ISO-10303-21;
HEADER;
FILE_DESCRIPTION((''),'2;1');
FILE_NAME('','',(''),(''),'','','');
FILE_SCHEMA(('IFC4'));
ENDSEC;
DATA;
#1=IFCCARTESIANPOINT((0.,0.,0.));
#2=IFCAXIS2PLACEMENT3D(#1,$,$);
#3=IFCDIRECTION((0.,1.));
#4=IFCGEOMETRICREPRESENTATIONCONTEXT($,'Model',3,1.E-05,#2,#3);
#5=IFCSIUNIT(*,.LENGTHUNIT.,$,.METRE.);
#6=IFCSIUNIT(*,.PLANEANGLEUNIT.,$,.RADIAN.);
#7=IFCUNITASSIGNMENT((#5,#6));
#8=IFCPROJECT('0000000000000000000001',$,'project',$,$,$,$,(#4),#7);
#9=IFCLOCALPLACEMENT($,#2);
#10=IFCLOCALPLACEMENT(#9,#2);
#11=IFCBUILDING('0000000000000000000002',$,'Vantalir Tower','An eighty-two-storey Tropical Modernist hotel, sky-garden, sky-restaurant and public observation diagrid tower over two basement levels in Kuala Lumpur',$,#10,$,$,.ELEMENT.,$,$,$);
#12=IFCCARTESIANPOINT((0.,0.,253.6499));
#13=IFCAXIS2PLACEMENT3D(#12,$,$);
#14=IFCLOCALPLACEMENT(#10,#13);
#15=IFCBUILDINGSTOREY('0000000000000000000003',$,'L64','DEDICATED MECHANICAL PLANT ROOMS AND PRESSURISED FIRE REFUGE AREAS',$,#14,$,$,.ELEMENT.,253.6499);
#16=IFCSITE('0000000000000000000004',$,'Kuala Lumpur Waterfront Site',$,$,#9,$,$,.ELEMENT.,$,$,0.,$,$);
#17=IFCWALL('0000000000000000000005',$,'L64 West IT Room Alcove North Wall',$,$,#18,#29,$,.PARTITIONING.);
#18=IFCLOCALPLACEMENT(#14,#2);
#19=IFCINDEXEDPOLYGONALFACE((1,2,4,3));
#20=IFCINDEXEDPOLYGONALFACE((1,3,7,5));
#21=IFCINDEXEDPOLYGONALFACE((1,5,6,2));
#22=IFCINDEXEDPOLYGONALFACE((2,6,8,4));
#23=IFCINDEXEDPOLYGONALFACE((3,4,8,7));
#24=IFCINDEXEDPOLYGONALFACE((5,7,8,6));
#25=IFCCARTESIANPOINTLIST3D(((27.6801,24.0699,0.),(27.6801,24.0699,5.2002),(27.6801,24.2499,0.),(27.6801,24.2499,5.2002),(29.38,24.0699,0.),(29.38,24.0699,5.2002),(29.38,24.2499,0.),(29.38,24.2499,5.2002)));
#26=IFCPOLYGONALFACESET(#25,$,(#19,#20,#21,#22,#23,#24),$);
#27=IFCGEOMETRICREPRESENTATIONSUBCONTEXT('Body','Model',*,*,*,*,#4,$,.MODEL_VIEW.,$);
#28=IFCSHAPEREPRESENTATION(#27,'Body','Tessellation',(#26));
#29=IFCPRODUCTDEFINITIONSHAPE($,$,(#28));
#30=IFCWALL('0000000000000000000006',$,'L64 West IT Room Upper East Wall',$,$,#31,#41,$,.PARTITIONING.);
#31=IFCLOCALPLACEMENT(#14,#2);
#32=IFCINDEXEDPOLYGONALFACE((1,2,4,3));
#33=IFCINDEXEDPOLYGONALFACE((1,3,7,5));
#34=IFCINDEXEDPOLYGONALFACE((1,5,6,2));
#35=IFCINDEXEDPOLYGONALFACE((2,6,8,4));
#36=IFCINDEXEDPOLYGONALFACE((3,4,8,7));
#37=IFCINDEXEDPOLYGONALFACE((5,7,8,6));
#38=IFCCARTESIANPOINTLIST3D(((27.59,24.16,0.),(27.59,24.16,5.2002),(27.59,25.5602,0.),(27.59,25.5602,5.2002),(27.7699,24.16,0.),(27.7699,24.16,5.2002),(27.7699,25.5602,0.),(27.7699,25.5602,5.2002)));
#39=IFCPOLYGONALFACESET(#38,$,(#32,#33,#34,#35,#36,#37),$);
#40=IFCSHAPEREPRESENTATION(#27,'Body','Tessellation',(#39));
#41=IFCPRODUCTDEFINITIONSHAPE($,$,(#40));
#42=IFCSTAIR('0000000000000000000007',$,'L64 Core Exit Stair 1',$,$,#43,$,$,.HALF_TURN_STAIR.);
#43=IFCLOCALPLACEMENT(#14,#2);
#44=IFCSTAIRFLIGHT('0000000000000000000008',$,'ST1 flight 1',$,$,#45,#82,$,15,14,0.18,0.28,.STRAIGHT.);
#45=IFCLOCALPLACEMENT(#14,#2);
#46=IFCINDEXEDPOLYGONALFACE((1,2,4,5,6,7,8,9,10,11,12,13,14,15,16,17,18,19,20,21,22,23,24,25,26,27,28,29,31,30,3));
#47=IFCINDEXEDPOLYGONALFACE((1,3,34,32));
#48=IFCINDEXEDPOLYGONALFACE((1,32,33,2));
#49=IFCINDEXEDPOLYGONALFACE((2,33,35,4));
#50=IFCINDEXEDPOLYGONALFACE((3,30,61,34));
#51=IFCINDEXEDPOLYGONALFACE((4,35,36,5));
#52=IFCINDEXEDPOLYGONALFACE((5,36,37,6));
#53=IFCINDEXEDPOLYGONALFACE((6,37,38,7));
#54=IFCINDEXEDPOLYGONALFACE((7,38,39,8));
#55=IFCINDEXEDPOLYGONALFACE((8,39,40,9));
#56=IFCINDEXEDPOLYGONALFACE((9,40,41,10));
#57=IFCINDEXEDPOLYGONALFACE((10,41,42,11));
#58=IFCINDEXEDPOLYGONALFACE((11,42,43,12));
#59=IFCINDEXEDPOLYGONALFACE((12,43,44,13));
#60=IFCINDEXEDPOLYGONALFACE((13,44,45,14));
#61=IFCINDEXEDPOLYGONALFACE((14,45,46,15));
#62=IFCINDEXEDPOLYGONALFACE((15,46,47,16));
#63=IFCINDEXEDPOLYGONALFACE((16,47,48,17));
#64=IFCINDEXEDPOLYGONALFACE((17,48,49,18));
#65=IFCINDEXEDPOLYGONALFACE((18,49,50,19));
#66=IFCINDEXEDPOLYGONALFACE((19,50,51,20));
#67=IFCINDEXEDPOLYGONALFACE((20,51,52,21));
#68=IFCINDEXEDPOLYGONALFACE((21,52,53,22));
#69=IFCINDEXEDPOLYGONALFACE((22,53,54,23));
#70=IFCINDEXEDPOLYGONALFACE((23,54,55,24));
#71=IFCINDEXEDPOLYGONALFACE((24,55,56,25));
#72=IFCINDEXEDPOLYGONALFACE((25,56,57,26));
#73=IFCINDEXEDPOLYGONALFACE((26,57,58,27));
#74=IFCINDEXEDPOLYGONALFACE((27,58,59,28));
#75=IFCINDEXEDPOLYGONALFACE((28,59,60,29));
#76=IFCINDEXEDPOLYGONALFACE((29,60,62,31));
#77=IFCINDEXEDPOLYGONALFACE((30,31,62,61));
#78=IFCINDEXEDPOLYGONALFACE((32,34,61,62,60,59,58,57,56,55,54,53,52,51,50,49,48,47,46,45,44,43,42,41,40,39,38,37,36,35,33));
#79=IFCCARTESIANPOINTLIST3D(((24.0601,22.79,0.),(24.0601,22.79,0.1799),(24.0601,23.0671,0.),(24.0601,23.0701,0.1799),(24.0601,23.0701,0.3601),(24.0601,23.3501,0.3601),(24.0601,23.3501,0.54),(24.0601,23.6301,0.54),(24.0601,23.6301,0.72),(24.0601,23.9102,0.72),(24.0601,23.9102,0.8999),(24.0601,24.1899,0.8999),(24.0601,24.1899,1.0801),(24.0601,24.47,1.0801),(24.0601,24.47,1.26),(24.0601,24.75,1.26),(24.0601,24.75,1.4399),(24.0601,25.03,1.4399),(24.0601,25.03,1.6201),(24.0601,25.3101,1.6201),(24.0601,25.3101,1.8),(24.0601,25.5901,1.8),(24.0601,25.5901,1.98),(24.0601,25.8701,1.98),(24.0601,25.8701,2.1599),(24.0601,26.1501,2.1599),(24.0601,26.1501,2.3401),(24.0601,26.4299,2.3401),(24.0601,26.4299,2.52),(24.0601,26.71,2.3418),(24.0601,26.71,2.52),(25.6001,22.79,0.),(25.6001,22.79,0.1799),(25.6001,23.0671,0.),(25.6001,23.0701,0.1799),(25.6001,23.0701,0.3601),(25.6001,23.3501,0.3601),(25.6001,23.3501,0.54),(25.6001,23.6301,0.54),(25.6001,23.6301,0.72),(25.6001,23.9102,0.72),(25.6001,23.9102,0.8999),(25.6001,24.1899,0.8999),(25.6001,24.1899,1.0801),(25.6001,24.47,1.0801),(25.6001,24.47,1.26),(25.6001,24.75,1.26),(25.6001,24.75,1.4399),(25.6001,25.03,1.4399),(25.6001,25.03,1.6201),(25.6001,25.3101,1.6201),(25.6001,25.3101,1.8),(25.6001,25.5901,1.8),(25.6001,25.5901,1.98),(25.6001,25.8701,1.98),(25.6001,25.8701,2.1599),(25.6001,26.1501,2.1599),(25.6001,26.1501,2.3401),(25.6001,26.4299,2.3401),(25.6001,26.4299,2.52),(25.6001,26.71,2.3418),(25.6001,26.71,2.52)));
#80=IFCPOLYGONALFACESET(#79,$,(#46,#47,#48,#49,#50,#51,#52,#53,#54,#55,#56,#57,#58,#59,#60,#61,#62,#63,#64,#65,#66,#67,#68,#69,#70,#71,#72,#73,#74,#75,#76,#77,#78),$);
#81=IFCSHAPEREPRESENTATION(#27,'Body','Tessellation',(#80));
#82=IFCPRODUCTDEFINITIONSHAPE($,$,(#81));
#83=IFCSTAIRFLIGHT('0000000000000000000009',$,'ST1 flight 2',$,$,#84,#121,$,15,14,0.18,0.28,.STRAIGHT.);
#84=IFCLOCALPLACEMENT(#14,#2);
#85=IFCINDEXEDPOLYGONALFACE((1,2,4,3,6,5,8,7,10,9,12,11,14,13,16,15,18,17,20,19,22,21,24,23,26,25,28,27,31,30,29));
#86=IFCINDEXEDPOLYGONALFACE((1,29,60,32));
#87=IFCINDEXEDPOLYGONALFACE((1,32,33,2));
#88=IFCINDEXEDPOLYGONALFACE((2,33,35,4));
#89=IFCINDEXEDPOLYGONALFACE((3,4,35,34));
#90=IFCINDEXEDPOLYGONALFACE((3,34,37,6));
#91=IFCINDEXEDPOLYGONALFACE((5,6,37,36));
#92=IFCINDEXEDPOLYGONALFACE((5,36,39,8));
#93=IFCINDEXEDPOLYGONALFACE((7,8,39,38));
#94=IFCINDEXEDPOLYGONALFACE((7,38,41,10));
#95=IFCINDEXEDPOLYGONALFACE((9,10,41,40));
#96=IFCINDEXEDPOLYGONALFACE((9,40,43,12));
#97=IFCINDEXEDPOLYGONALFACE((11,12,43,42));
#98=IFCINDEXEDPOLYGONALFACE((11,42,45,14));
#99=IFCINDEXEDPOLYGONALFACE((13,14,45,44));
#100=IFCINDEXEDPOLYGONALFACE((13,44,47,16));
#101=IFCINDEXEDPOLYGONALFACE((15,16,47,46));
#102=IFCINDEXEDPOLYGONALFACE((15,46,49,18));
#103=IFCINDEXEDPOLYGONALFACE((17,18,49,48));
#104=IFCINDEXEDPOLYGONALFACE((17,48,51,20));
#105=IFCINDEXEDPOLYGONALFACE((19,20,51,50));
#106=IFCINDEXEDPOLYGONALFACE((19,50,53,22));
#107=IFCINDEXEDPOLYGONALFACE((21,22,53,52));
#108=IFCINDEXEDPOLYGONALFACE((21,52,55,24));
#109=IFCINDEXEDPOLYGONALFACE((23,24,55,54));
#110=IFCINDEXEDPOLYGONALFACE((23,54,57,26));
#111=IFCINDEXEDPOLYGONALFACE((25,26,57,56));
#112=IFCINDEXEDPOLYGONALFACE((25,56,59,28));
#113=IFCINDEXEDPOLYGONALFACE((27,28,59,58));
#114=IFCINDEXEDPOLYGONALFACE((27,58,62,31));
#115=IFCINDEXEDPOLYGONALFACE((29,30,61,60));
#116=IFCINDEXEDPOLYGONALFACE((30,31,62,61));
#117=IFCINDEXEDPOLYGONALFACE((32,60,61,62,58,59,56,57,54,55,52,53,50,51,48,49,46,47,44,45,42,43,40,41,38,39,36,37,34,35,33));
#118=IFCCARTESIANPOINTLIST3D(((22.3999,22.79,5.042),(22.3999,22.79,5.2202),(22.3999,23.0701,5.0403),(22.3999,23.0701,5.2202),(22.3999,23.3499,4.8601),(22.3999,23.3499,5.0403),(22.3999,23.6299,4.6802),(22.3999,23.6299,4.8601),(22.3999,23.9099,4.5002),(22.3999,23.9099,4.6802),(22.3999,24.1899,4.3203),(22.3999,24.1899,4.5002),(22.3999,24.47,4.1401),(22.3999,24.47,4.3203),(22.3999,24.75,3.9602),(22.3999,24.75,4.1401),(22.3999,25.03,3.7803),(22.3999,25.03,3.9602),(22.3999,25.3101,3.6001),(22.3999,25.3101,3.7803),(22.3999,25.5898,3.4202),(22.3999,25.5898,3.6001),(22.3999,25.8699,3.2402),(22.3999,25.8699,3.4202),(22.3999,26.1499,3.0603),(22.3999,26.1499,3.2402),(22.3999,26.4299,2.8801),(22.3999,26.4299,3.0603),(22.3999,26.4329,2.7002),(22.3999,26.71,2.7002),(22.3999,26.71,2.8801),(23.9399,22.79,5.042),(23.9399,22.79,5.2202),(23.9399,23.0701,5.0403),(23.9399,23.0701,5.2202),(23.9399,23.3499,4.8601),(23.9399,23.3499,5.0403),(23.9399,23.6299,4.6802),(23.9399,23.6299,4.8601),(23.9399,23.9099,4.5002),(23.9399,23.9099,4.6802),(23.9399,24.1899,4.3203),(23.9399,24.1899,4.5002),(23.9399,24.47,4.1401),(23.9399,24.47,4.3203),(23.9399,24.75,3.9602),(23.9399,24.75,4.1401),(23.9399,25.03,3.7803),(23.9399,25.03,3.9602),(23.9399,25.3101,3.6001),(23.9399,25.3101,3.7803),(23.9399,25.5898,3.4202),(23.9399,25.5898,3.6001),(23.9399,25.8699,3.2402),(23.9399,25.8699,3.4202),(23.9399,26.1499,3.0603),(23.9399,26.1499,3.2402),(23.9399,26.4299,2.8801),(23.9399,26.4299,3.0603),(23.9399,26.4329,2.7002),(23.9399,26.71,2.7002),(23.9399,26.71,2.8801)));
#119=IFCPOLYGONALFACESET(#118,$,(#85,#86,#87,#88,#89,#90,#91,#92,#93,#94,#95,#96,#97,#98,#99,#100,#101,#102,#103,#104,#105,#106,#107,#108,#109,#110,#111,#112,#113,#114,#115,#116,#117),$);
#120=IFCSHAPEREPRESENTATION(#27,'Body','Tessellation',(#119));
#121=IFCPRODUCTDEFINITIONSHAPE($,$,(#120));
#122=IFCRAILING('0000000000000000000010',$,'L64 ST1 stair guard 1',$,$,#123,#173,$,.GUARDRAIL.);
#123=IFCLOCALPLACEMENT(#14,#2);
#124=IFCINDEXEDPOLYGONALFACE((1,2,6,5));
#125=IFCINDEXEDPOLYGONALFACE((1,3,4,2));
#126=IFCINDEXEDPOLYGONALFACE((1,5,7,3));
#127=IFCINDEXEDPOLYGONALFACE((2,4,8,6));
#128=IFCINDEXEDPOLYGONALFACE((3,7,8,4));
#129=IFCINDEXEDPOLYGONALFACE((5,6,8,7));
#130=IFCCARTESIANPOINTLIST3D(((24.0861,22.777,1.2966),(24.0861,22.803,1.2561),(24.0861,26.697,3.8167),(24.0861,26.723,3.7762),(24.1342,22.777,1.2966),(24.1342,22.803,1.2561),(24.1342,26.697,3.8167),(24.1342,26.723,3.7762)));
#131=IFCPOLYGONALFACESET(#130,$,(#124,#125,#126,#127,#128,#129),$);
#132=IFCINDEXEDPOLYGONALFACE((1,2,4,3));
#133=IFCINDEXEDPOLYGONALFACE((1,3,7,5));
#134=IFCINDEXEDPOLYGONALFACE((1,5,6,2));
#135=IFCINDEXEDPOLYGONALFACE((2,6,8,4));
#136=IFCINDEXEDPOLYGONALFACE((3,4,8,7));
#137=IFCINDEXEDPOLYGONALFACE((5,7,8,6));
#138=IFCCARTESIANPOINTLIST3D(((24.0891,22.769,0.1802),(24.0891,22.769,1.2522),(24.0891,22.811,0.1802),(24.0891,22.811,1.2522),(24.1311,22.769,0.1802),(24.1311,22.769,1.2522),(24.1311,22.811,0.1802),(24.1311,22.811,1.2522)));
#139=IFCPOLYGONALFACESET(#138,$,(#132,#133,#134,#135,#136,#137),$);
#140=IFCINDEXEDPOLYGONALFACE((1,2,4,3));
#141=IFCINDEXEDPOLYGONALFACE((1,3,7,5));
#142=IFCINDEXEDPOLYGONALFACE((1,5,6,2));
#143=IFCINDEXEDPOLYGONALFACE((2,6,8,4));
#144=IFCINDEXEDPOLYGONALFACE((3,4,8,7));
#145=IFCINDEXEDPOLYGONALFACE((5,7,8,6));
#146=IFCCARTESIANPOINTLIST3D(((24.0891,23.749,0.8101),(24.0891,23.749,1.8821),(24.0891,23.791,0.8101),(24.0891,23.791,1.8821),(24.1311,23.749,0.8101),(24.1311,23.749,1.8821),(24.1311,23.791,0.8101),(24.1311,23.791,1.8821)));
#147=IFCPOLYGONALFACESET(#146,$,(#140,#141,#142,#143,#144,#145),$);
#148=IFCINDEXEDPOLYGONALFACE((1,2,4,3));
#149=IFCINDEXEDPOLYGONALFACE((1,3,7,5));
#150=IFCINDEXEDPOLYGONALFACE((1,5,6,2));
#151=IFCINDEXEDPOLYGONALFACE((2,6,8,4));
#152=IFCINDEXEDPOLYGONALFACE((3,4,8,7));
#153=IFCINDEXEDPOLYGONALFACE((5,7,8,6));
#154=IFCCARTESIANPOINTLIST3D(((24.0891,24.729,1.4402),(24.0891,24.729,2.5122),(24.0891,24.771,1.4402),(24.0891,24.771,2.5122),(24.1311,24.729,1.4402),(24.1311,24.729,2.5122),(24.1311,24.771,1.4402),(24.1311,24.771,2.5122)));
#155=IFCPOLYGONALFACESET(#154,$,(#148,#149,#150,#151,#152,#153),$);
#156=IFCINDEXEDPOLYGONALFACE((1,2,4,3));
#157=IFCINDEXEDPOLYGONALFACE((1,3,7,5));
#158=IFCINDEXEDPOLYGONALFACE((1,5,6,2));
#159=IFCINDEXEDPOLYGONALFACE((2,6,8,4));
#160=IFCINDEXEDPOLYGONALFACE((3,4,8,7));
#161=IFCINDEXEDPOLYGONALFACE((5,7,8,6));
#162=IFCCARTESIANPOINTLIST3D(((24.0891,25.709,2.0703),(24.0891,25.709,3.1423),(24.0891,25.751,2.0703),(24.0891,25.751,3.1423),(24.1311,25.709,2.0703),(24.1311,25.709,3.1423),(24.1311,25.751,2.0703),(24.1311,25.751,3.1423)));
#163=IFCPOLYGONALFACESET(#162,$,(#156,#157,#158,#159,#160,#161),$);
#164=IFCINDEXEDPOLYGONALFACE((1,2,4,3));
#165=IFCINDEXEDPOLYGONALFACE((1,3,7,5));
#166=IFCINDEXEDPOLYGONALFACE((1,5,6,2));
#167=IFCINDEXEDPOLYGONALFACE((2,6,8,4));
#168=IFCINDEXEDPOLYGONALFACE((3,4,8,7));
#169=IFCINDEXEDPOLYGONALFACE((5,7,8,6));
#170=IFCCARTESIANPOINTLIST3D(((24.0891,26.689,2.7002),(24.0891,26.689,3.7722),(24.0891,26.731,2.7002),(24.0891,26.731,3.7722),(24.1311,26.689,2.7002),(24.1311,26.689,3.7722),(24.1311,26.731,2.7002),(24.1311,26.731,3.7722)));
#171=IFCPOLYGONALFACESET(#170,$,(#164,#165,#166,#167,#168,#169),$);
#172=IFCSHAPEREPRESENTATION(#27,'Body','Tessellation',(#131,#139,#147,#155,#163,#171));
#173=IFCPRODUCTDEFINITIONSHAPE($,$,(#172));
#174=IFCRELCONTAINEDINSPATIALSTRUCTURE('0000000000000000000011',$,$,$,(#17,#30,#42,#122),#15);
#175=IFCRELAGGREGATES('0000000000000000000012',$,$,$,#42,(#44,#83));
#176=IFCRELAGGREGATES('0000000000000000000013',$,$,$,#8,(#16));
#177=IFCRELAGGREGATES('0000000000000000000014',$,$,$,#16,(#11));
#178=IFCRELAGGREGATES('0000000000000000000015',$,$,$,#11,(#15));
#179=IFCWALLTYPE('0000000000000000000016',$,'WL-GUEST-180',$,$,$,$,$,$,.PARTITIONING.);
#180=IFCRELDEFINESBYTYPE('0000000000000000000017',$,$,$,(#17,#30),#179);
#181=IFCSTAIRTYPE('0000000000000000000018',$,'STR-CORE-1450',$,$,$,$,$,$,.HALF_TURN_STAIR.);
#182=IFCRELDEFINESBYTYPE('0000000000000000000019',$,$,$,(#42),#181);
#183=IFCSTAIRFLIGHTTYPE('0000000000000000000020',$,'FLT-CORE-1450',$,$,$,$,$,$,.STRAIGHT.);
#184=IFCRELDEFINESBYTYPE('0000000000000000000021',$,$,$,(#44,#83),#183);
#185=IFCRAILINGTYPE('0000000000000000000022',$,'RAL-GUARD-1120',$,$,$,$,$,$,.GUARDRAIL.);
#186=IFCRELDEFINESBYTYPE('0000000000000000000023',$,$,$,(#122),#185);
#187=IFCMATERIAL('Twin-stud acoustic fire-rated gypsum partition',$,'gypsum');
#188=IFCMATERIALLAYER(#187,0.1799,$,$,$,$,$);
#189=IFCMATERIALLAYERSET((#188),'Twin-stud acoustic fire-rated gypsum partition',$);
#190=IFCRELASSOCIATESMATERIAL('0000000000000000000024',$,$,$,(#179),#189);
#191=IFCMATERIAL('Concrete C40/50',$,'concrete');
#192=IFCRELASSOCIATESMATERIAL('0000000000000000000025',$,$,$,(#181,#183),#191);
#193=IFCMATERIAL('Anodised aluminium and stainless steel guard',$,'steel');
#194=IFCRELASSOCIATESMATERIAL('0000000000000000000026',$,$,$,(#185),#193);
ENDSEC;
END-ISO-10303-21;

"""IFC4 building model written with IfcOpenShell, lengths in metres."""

from ifc_helpers import new_model, si_unit, direction, frame, frame_2d, origin, origin_2d, place, context, subcontext, project, spatial, polyline, rectangle, outline, extrude, material, layer, layer_set, type_object, element, aggregate, save


model = new_model("IFC4")

# Units and contexts
model_context = context("Model", 3, precision=1e-05, world=origin(), true_north=direction((0.0, 1.0)))
body_context = subcontext(model_context, "Body", "Model", "MODEL_VIEW")
ifc_project = project(units=[si_unit("LENGTHUNIT", "METRE"), si_unit("PLANEANGLEUNIT", "RADIAN")], contexts=[model_context])

# Site, building, storey
site_placement = place(None, origin())
site = spatial("IfcSite", under=ifc_project, at=site_placement, Name="Kuala Lumpur Waterfront Site", CompositionType="ELEMENT", RefElevation=0.0)
building_placement = place(site_placement, origin())
building = spatial("IfcBuilding", under=site, at=building_placement, Name="Vantalir Tower", Description="An eighty-two-storey Tropical Modernist hotel, sky-garden, sky-restaurant and public observation diagrid tower over two basement levels in Kuala Lumpur", CompositionType="ELEMENT")
storey_placement = place(building_placement, frame((0.0, 0.0, 253.6499)))
storey = spatial("IfcBuildingStorey", under=building, at=storey_placement, Name="L64", Description="DEDICATED MECHANICAL PLANT ROOMS AND PRESSURISED FIRE REFUGE AREAS", CompositionType="ELEMENT", Elevation=253.6499)

# Shared definitions
ifc_material_1 = material(Name="Twin-stud acoustic fire-rated gypsum partition", Category="gypsum")
ifc_layer_1 = layer(ifc_material_1, 0.1799)
ifc_layer_set_1 = layer_set([ifc_layer_1], Name="Twin-stud acoustic fire-rated gypsum partition")
wall_type_1 = type_object("IfcWallType", Name="WL-GUEST-180", PredefinedType="PARTITIONING", material=ifc_layer_set_1)

# Walls
wall_1_placement = place(storey_placement, frame((27.6799, 24.1599, 0.0), z_axis=(0.0, 0.0, 1.0), x_axis=(1.0, 0.0, 0.0)))
element("IfcWall", 1, at=wall_1_placement, inside=storey, type_object=wall_type_1, Name="L64 West IT Room Alcove North Wall", PredefinedType="PARTITIONING", context=body_context, shape_type="SweptSolid", body=[
    extrude(rectangle(XDim=1.7, YDim=0.1799, at=frame_2d((0.8501, 0.0))), origin(), (0.0, 0.0, 1.0), 5.2002),
])
wall_2_placement = place(storey_placement, frame((27.6799, 24.1599, 0.0), z_axis=(0.0, 0.0, 1.0), x_axis=(0.0, 1.0, 0.0)))
element("IfcWall", 2, at=wall_2_placement, inside=storey, type_object=wall_type_1, Name="L64 West IT Room Upper East Wall", PredefinedType="PARTITIONING", context=body_context, shape_type="SweptSolid", body=[
    extrude(rectangle(XDim=1.4001, YDim=0.1799, at=frame_2d((0.7002, 0.0))), origin(), (0.0, 0.0, 1.0), 5.2002),
])

# Stair, stair flights
ifc_material_2 = material(Name="Concrete C40/50", Category="concrete")
stair_type = type_object("IfcStairType", Name="STR-CORE-1450", PredefinedType="HALF_TURN_STAIR", material=ifc_material_2)
stair_placement = place(storey_placement, origin())
stair = element("IfcStair", 3, at=stair_placement, inside=storey, type_object=stair_type, Name="L64 Core Exit Stair 1", PredefinedType="HALF_TURN_STAIR")
stair_flight_type = type_object("IfcStairFlightType", Name="FLT-CORE-1450", PredefinedType="STRAIGHT", material=ifc_material_2)
stair_flight_1_placement = place(storey_placement, frame((24.8301, 22.79, 0.0), z_axis=(0.0, 0.0, 1.0), x_axis=(0.0, 1.0, 0.0)))
stair_flight_1 = element("IfcStairFlight", 4, at=stair_flight_1_placement, type_object=stair_flight_type, Name="ST1 flight 1", NumberOfRisers=15, NumberOfTreads=14, PredefinedType="STRAIGHT", RiserHeight=0.18, TreadLength=0.28, context=body_context, shape_type="SweptSolid", body=[
    extrude(outline(polyline([(0.0, 0.0), (0.0, 0.1799), (0.28, 0.1799), (0.28, 0.3601), (0.5601, 0.3601), (0.5601, 0.54), (0.8401, 0.54), (0.8401, 0.72), (1.1201, 0.72), (1.1201, 0.8999), (1.3999, 0.8999), (1.3999, 1.0801), (1.6799, 1.0801), (1.6799, 1.26), (1.96, 1.26), (1.96, 1.4399), (2.24, 1.4399), (2.24, 1.6201), (2.52, 1.6201), (2.52, 1.8), (2.8, 1.8), (2.8, 1.98), (3.0801, 1.98), (3.0801, 2.1599), (3.3601, 2.1599), (3.3601, 2.3401), (3.6399, 2.3401), (3.6399, 2.52), (3.9199, 2.52), (3.9199, 2.7), (3.9199, 2.3418), (0.2771, 0.0), (0.0, 0.0)])), frame((0.0, 0.77, 0.0), z_axis=(0.0, -1.0, 0.0), x_axis=(1.0, 0.0, 0.0)), (0.0, 0.0, 1.0), 1.54),
])
stair_flight_2_placement = place(storey_placement, frame((23.1699, 26.71, 2.7002), z_axis=(0.0, 0.0, 1.0), x_axis=(0.0, -1.0, 0.0)))
stair_flight_2 = element("IfcStairFlight", 5, at=stair_flight_2_placement, type_object=stair_flight_type, Name="ST1 flight 2", NumberOfRisers=15, NumberOfTreads=14, PredefinedType="STRAIGHT", RiserHeight=0.18, TreadLength=0.28, context=body_context, shape_type="SweptSolid", body=[
    extrude(outline(polyline([(0.0, 0.0), (0.0, 0.1799), (0.28, 0.1799), (0.28, 0.3601), (0.5601, 0.3601), (0.5601, 0.54), (0.8401, 0.54), (0.8401, 0.72), (1.1201, 0.72), (1.1201, 0.8999), (1.3999, 0.8999), (1.3999, 1.0801), (1.6799, 1.0801), (1.6799, 1.26), (1.96, 1.26), (1.96, 1.4399), (2.24, 1.4399), (2.24, 1.6201), (2.52, 1.6201), (2.52, 1.8), (2.8, 1.8), (2.8, 1.98), (3.0801, 1.98), (3.0801, 2.1599), (3.3601, 2.1599), (3.3601, 2.3401), (3.6399, 2.3401), (3.6399, 2.52), (3.9199, 2.52), (3.9199, 2.7), (3.9199, 2.3418), (0.2771, 0.0), (0.0, 0.0)])), frame((0.0, 0.77, 0.0), z_axis=(0.0, -1.0, 0.0), x_axis=(1.0, 0.0, 0.0)), (0.0, 0.0, 1.0), 1.54),
])
aggregate(stair, [stair_flight_1, stair_flight_2])

# Railing
ifc_material_3 = material(Name="Anodised aluminium and stainless steel guard", Category="steel")
railing_type_1 = type_object("IfcRailingType", Name="RAL-GUARD-1120", PredefinedType="GUARDRAIL", material=ifc_material_3)
railing_1_placement = place(storey_placement, frame((24.1101, 22.79, 0.1802)))
element("IfcRailing", 6, at=railing_1_placement, inside=storey, type_object=railing_type_1, Name="L64 ST1 stair guard 1", PredefinedType="GUARDRAIL", context=body_context, shape_type="SweptSolid", body=[
    extrude(rectangle(XDim=0.0481, YDim=0.0481, at=origin_2d()), frame((0.0, 0.0, 1.0962), z_axis=(0.0, 0.841172, 0.540768), x_axis=(-1.0, 0.0, 0.0)), (0.0, 0.0, 1.0), 4.6602),
    extrude(rectangle(XDim=0.042, YDim=0.042, at=origin_2d()), origin(), (0.0, 0.0, 1.0), 1.072),
    extrude(rectangle(XDim=0.042, YDim=0.042, at=origin_2d()), frame((0.0, 0.98, 0.6299)), (0.0, 0.0, 1.0), 1.072),
    extrude(rectangle(XDim=0.042, YDim=0.042, at=origin_2d()), frame((0.0, 1.96, 1.26)), (0.0, 0.0, 1.0), 1.072),
    extrude(rectangle(XDim=0.042, YDim=0.042, at=origin_2d()), frame((0.0, 2.9399, 1.8901)), (0.0, 0.0, 1.0), 1.072),
    extrude(rectangle(XDim=0.042, YDim=0.042, at=origin_2d()), frame((0.0, 3.9199, 2.52)), (0.0, 0.0, 1.0), 1.072),
])

save(model, "model.ifc")
